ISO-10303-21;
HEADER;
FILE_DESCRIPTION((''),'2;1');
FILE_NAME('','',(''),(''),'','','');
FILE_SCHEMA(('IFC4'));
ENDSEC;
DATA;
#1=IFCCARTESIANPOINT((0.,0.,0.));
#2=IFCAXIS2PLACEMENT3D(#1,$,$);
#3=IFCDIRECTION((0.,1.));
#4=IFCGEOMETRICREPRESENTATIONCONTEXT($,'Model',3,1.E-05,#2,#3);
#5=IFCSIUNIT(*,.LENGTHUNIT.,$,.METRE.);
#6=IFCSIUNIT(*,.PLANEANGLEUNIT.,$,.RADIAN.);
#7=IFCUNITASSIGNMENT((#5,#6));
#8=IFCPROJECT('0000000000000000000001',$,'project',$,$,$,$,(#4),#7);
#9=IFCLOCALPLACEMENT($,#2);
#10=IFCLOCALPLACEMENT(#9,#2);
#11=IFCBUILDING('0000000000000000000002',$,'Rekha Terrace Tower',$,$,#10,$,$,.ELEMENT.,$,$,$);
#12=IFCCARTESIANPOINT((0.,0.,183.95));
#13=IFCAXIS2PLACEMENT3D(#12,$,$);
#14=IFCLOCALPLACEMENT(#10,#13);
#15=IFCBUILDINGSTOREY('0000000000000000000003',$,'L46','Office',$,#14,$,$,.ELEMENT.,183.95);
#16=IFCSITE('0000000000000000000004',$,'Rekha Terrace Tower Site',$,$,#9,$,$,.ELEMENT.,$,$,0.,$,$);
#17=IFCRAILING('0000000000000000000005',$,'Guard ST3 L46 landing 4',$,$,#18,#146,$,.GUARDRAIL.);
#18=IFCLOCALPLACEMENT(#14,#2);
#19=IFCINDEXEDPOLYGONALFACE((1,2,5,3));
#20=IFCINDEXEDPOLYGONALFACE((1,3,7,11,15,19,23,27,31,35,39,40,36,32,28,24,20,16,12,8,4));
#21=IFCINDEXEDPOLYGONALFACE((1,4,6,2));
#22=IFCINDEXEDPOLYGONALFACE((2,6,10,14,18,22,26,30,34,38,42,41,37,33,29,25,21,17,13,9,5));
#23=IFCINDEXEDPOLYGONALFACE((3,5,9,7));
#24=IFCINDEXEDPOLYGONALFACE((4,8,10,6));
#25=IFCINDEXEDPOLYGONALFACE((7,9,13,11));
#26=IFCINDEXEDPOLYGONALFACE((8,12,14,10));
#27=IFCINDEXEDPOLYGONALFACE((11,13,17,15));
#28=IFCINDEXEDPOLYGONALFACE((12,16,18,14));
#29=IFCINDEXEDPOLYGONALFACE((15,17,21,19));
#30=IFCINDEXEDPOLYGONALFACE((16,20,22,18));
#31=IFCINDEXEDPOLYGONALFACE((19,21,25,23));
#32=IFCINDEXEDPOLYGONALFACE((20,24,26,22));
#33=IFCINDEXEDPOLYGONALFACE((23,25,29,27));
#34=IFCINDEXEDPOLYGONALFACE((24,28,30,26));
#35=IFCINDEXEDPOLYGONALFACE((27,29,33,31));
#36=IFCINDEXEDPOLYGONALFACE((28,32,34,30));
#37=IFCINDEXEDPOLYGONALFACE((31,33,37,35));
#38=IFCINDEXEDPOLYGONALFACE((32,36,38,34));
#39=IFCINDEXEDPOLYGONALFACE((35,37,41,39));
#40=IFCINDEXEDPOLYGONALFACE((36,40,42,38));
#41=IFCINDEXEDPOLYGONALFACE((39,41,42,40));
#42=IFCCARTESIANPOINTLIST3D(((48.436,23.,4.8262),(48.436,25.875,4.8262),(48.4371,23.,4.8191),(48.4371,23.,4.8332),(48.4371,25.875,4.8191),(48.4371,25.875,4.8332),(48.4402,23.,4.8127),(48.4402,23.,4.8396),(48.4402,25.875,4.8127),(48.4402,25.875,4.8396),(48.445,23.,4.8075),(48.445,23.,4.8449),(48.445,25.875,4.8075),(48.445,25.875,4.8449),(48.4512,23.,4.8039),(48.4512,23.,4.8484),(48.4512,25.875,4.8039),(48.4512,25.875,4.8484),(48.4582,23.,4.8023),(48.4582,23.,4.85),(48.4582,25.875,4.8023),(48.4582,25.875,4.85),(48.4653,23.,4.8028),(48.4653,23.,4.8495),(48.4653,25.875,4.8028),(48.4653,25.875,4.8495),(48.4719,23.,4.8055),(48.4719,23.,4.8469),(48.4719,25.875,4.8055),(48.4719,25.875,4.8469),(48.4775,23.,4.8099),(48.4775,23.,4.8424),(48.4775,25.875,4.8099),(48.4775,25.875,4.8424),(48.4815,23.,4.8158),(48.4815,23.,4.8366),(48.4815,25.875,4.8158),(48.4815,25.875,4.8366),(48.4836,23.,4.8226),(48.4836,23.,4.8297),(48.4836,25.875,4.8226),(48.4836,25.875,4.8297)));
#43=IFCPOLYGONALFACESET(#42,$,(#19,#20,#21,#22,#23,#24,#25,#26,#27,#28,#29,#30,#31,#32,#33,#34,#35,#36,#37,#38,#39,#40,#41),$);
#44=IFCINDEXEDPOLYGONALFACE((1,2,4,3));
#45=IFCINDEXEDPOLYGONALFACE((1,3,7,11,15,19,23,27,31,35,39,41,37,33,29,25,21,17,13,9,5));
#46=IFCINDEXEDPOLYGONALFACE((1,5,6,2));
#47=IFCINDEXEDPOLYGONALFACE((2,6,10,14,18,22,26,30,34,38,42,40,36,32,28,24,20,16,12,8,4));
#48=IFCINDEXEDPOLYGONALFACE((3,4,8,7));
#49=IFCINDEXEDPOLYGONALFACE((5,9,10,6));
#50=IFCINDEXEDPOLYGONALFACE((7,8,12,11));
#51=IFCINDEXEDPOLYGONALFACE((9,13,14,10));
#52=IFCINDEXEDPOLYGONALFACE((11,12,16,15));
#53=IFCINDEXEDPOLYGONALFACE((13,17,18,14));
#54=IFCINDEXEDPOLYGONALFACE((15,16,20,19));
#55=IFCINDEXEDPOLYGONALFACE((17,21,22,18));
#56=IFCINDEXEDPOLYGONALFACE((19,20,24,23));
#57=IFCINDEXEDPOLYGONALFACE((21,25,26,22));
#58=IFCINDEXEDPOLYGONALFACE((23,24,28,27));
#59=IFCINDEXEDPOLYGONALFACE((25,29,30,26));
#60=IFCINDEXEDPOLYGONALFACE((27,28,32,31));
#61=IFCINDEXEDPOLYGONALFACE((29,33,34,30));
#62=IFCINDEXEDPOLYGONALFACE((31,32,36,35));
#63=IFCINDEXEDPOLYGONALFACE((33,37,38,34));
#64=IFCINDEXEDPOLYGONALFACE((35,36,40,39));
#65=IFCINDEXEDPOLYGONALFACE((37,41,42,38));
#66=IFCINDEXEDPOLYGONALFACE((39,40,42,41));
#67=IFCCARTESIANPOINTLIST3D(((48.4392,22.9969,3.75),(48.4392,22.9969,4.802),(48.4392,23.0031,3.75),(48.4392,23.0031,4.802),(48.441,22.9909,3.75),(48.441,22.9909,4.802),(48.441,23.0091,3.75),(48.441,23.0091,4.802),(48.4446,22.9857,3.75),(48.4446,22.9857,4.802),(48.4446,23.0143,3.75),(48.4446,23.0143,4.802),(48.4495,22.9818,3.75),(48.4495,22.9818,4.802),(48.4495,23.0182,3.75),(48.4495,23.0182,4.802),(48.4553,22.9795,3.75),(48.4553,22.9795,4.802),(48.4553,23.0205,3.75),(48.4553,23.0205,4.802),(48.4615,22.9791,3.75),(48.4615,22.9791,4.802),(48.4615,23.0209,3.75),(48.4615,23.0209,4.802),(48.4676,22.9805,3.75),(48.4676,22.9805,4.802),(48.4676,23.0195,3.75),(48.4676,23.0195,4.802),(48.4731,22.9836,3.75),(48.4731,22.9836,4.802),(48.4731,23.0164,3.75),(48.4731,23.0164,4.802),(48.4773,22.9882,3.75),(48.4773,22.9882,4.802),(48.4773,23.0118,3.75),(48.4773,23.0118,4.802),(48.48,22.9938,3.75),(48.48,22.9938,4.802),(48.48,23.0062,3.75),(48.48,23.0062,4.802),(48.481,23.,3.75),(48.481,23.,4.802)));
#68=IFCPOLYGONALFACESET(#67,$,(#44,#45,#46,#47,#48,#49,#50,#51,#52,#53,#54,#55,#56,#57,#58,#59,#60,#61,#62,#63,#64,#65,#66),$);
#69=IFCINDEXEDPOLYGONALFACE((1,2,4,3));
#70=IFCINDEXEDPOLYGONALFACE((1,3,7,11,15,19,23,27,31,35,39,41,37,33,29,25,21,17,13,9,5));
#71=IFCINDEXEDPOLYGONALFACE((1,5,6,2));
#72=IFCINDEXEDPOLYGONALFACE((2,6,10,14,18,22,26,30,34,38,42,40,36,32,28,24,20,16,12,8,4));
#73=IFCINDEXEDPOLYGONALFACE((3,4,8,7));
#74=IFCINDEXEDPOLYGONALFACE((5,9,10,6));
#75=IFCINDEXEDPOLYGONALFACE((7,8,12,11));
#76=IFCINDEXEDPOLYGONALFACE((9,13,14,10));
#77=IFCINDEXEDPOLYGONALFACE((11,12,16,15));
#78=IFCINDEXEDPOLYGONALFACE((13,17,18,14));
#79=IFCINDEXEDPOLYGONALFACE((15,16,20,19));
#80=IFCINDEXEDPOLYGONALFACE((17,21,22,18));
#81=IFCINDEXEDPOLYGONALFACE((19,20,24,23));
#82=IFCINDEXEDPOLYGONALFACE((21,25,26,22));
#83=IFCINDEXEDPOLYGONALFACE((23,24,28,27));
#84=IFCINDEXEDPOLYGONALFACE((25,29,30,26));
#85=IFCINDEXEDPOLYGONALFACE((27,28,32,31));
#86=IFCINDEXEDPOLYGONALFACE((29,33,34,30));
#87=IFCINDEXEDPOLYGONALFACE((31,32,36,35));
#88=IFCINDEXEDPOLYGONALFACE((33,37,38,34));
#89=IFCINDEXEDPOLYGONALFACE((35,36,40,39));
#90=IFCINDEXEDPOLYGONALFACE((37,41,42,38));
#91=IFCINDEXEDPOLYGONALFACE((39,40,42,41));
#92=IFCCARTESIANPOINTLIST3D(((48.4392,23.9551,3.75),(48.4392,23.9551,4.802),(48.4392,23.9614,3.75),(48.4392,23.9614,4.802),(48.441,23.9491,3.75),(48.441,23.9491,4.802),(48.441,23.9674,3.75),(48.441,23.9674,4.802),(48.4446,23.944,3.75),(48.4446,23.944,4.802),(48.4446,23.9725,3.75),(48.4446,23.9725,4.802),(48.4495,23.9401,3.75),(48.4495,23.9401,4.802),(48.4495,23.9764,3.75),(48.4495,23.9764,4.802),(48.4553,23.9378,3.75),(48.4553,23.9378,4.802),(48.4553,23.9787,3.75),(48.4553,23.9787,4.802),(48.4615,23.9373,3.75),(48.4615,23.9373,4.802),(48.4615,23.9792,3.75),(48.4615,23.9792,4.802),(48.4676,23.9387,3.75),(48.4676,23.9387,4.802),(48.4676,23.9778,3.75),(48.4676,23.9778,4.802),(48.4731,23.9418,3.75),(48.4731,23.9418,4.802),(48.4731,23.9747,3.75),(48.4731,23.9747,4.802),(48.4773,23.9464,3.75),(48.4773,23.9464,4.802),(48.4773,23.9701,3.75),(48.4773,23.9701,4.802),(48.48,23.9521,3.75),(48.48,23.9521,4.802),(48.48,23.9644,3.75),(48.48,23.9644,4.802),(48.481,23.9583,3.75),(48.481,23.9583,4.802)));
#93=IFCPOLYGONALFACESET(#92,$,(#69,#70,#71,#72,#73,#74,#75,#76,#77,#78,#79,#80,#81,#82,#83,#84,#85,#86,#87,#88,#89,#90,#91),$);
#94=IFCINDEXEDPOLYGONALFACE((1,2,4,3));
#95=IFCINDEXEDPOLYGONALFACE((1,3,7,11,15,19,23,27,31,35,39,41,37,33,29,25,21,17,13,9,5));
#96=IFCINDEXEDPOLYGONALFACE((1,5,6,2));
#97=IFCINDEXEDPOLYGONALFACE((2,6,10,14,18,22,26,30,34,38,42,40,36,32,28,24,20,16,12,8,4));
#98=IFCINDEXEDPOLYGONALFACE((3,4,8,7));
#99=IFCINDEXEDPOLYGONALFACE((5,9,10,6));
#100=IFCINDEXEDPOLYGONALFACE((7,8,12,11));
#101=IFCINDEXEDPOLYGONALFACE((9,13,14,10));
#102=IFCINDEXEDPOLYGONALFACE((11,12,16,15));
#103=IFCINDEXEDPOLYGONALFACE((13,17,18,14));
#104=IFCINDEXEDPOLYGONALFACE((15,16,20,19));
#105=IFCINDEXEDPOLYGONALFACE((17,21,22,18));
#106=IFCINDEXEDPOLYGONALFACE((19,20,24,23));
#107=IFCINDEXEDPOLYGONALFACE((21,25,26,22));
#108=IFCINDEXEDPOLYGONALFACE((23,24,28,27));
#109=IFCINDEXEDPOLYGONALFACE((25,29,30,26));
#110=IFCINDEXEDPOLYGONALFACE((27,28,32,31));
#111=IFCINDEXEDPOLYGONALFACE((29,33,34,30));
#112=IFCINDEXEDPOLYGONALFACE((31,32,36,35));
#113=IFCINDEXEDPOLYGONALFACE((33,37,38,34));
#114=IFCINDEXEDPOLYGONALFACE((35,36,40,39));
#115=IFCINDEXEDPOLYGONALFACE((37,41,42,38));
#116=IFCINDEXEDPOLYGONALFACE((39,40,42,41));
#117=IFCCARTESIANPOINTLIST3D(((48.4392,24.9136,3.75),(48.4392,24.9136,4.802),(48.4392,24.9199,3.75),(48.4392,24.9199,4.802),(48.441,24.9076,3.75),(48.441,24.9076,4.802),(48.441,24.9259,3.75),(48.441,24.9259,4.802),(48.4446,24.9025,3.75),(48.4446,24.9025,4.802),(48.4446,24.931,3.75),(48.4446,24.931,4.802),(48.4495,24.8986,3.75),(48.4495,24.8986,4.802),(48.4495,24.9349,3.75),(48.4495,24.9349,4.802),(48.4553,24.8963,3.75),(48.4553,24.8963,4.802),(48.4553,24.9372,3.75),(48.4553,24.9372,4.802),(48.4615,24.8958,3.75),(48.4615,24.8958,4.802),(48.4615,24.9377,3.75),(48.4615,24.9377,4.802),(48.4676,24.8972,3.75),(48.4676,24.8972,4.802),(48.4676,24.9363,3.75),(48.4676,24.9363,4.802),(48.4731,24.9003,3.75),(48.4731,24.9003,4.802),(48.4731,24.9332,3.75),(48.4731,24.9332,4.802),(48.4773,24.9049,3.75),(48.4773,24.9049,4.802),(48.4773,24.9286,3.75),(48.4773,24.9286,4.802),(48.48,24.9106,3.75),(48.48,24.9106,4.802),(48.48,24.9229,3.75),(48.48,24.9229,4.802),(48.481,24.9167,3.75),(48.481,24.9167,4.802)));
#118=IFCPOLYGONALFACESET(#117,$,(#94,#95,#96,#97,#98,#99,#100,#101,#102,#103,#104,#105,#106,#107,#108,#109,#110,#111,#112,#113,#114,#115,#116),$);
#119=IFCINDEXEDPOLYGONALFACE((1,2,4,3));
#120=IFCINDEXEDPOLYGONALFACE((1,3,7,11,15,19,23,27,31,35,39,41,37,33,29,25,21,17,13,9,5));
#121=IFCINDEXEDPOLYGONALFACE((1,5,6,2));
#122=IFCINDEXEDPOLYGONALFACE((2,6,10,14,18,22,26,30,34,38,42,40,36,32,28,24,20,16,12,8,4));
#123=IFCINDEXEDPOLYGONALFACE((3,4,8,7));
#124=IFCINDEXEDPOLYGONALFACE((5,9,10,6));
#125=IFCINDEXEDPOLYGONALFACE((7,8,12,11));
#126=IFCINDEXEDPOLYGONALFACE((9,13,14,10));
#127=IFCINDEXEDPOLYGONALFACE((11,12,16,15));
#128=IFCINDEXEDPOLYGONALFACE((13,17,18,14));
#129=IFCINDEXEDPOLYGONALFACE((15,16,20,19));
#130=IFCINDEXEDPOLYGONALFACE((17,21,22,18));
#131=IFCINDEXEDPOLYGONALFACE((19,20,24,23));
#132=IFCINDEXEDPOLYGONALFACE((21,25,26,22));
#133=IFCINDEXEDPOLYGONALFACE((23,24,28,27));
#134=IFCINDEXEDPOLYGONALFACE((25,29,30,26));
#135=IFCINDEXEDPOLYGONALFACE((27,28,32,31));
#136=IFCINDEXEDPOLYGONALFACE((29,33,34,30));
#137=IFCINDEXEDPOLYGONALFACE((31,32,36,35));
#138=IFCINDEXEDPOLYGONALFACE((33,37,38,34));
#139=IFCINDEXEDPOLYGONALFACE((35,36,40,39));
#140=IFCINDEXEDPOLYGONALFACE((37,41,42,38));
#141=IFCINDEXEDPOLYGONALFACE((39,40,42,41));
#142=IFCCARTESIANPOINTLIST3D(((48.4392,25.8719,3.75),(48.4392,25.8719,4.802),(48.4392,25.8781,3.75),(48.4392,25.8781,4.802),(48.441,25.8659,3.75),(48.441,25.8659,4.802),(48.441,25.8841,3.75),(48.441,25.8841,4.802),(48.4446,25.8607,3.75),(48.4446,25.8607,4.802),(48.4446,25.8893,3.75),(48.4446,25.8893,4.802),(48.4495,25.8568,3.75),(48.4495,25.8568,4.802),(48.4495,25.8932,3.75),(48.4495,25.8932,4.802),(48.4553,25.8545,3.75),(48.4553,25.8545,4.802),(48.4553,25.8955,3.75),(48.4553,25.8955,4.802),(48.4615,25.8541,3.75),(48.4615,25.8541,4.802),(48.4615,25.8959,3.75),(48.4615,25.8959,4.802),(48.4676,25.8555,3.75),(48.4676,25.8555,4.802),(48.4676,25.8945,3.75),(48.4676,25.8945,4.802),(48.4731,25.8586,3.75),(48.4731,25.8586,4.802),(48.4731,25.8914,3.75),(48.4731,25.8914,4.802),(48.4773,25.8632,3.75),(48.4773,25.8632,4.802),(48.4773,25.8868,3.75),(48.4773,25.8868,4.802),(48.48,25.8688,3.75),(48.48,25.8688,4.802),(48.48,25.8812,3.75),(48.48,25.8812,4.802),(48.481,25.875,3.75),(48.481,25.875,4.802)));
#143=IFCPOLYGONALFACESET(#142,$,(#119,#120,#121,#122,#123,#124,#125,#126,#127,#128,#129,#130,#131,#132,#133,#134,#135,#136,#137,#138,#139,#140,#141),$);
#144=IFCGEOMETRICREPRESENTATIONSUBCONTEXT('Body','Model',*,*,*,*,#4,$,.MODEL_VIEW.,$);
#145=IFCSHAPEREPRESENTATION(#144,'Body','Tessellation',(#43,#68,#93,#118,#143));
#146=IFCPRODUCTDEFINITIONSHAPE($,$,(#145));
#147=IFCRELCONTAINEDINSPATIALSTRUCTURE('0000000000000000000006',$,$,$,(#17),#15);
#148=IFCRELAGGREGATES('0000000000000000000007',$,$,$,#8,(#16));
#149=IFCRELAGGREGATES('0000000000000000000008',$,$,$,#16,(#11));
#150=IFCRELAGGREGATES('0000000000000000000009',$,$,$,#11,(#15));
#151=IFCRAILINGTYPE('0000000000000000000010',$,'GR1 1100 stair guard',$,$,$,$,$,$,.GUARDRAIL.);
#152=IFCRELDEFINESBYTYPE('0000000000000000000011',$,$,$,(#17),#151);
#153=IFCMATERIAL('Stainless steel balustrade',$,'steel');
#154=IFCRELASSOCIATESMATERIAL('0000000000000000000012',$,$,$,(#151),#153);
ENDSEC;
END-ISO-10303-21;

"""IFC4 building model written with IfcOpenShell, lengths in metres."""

from ifc_helpers import new_model, si_unit, direction, frame, origin, origin_2d, place, context, subcontext, project, spatial, circle, extrude, material, type_object, element, save


model = new_model("IFC4")

# Units and contexts
model_context = context("Model", 3, precision=1e-05, world=origin(), true_north=direction((0.0, 1.0)))
body_context = subcontext(model_context, "Body", "Model", "MODEL_VIEW")
ifc_project = project(units=[si_unit("LENGTHUNIT", "METRE"), si_unit("PLANEANGLEUNIT", "RADIAN")], contexts=[model_context])

# Site, building, storey
site_placement = place(None, origin())
site = spatial("IfcSite", under=ifc_project, at=site_placement, Name="Rekha Terrace Tower Site", CompositionType="ELEMENT", RefElevation=0.0)
building_placement = place(site_placement, origin())
building = spatial("IfcBuilding", under=site, at=building_placement, Name="Rekha Terrace Tower", CompositionType="ELEMENT")
storey_placement = place(building_placement, frame((0.0, 0.0, 183.95)))
storey = spatial("IfcBuildingStorey", under=building, at=storey_placement, Name="L46", Description="Office", CompositionType="ELEMENT", Elevation=183.95)

# Railing
ifc_material_1 = material(Name="Stainless steel balustrade", Category="steel")
railing_type_1 = type_object("IfcRailingType", Name="GR1 1100 stair guard", PredefinedType="GUARDRAIL", material=ifc_material_1)
railing_1_placement = place(storey_placement, frame((48.46, 23.0, 3.75)))
element("IfcRailing", 1, at=railing_1_placement, inside=storey, type_object=railing_type_1, Name="Guard ST3 L46 landing 4", PredefinedType="GUARDRAIL", context=body_context, shape_type="SweptSolid", body=[
    extrude(circle(Radius=0.0239, at=origin_2d()), frame((0.0, 0.0, 1.0762), z_axis=(0.0, 1.0, 0.0), x_axis=(-1.0, 0.0, 0.0)), (0.0, 0.0, 1.0), 2.875),
    extrude(circle(Radius=0.021, at=origin_2d()), origin(), (0.0, 0.0, 1.0), 1.052),
    extrude(circle(Radius=0.021, at=origin_2d()), frame((0.0, 0.9583, 0.0)), (0.0, 0.0, 1.0), 1.052),
    extrude(circle(Radius=0.021, at=origin_2d()), frame((0.0, 1.9167, 0.0)), (0.0, 0.0, 1.0), 1.052),
    extrude(circle(Radius=0.021, at=origin_2d()), frame((0.0, 2.875, 0.0)), (0.0, 0.0, 1.0), 1.052),
])

save(model, "model.ifc")
